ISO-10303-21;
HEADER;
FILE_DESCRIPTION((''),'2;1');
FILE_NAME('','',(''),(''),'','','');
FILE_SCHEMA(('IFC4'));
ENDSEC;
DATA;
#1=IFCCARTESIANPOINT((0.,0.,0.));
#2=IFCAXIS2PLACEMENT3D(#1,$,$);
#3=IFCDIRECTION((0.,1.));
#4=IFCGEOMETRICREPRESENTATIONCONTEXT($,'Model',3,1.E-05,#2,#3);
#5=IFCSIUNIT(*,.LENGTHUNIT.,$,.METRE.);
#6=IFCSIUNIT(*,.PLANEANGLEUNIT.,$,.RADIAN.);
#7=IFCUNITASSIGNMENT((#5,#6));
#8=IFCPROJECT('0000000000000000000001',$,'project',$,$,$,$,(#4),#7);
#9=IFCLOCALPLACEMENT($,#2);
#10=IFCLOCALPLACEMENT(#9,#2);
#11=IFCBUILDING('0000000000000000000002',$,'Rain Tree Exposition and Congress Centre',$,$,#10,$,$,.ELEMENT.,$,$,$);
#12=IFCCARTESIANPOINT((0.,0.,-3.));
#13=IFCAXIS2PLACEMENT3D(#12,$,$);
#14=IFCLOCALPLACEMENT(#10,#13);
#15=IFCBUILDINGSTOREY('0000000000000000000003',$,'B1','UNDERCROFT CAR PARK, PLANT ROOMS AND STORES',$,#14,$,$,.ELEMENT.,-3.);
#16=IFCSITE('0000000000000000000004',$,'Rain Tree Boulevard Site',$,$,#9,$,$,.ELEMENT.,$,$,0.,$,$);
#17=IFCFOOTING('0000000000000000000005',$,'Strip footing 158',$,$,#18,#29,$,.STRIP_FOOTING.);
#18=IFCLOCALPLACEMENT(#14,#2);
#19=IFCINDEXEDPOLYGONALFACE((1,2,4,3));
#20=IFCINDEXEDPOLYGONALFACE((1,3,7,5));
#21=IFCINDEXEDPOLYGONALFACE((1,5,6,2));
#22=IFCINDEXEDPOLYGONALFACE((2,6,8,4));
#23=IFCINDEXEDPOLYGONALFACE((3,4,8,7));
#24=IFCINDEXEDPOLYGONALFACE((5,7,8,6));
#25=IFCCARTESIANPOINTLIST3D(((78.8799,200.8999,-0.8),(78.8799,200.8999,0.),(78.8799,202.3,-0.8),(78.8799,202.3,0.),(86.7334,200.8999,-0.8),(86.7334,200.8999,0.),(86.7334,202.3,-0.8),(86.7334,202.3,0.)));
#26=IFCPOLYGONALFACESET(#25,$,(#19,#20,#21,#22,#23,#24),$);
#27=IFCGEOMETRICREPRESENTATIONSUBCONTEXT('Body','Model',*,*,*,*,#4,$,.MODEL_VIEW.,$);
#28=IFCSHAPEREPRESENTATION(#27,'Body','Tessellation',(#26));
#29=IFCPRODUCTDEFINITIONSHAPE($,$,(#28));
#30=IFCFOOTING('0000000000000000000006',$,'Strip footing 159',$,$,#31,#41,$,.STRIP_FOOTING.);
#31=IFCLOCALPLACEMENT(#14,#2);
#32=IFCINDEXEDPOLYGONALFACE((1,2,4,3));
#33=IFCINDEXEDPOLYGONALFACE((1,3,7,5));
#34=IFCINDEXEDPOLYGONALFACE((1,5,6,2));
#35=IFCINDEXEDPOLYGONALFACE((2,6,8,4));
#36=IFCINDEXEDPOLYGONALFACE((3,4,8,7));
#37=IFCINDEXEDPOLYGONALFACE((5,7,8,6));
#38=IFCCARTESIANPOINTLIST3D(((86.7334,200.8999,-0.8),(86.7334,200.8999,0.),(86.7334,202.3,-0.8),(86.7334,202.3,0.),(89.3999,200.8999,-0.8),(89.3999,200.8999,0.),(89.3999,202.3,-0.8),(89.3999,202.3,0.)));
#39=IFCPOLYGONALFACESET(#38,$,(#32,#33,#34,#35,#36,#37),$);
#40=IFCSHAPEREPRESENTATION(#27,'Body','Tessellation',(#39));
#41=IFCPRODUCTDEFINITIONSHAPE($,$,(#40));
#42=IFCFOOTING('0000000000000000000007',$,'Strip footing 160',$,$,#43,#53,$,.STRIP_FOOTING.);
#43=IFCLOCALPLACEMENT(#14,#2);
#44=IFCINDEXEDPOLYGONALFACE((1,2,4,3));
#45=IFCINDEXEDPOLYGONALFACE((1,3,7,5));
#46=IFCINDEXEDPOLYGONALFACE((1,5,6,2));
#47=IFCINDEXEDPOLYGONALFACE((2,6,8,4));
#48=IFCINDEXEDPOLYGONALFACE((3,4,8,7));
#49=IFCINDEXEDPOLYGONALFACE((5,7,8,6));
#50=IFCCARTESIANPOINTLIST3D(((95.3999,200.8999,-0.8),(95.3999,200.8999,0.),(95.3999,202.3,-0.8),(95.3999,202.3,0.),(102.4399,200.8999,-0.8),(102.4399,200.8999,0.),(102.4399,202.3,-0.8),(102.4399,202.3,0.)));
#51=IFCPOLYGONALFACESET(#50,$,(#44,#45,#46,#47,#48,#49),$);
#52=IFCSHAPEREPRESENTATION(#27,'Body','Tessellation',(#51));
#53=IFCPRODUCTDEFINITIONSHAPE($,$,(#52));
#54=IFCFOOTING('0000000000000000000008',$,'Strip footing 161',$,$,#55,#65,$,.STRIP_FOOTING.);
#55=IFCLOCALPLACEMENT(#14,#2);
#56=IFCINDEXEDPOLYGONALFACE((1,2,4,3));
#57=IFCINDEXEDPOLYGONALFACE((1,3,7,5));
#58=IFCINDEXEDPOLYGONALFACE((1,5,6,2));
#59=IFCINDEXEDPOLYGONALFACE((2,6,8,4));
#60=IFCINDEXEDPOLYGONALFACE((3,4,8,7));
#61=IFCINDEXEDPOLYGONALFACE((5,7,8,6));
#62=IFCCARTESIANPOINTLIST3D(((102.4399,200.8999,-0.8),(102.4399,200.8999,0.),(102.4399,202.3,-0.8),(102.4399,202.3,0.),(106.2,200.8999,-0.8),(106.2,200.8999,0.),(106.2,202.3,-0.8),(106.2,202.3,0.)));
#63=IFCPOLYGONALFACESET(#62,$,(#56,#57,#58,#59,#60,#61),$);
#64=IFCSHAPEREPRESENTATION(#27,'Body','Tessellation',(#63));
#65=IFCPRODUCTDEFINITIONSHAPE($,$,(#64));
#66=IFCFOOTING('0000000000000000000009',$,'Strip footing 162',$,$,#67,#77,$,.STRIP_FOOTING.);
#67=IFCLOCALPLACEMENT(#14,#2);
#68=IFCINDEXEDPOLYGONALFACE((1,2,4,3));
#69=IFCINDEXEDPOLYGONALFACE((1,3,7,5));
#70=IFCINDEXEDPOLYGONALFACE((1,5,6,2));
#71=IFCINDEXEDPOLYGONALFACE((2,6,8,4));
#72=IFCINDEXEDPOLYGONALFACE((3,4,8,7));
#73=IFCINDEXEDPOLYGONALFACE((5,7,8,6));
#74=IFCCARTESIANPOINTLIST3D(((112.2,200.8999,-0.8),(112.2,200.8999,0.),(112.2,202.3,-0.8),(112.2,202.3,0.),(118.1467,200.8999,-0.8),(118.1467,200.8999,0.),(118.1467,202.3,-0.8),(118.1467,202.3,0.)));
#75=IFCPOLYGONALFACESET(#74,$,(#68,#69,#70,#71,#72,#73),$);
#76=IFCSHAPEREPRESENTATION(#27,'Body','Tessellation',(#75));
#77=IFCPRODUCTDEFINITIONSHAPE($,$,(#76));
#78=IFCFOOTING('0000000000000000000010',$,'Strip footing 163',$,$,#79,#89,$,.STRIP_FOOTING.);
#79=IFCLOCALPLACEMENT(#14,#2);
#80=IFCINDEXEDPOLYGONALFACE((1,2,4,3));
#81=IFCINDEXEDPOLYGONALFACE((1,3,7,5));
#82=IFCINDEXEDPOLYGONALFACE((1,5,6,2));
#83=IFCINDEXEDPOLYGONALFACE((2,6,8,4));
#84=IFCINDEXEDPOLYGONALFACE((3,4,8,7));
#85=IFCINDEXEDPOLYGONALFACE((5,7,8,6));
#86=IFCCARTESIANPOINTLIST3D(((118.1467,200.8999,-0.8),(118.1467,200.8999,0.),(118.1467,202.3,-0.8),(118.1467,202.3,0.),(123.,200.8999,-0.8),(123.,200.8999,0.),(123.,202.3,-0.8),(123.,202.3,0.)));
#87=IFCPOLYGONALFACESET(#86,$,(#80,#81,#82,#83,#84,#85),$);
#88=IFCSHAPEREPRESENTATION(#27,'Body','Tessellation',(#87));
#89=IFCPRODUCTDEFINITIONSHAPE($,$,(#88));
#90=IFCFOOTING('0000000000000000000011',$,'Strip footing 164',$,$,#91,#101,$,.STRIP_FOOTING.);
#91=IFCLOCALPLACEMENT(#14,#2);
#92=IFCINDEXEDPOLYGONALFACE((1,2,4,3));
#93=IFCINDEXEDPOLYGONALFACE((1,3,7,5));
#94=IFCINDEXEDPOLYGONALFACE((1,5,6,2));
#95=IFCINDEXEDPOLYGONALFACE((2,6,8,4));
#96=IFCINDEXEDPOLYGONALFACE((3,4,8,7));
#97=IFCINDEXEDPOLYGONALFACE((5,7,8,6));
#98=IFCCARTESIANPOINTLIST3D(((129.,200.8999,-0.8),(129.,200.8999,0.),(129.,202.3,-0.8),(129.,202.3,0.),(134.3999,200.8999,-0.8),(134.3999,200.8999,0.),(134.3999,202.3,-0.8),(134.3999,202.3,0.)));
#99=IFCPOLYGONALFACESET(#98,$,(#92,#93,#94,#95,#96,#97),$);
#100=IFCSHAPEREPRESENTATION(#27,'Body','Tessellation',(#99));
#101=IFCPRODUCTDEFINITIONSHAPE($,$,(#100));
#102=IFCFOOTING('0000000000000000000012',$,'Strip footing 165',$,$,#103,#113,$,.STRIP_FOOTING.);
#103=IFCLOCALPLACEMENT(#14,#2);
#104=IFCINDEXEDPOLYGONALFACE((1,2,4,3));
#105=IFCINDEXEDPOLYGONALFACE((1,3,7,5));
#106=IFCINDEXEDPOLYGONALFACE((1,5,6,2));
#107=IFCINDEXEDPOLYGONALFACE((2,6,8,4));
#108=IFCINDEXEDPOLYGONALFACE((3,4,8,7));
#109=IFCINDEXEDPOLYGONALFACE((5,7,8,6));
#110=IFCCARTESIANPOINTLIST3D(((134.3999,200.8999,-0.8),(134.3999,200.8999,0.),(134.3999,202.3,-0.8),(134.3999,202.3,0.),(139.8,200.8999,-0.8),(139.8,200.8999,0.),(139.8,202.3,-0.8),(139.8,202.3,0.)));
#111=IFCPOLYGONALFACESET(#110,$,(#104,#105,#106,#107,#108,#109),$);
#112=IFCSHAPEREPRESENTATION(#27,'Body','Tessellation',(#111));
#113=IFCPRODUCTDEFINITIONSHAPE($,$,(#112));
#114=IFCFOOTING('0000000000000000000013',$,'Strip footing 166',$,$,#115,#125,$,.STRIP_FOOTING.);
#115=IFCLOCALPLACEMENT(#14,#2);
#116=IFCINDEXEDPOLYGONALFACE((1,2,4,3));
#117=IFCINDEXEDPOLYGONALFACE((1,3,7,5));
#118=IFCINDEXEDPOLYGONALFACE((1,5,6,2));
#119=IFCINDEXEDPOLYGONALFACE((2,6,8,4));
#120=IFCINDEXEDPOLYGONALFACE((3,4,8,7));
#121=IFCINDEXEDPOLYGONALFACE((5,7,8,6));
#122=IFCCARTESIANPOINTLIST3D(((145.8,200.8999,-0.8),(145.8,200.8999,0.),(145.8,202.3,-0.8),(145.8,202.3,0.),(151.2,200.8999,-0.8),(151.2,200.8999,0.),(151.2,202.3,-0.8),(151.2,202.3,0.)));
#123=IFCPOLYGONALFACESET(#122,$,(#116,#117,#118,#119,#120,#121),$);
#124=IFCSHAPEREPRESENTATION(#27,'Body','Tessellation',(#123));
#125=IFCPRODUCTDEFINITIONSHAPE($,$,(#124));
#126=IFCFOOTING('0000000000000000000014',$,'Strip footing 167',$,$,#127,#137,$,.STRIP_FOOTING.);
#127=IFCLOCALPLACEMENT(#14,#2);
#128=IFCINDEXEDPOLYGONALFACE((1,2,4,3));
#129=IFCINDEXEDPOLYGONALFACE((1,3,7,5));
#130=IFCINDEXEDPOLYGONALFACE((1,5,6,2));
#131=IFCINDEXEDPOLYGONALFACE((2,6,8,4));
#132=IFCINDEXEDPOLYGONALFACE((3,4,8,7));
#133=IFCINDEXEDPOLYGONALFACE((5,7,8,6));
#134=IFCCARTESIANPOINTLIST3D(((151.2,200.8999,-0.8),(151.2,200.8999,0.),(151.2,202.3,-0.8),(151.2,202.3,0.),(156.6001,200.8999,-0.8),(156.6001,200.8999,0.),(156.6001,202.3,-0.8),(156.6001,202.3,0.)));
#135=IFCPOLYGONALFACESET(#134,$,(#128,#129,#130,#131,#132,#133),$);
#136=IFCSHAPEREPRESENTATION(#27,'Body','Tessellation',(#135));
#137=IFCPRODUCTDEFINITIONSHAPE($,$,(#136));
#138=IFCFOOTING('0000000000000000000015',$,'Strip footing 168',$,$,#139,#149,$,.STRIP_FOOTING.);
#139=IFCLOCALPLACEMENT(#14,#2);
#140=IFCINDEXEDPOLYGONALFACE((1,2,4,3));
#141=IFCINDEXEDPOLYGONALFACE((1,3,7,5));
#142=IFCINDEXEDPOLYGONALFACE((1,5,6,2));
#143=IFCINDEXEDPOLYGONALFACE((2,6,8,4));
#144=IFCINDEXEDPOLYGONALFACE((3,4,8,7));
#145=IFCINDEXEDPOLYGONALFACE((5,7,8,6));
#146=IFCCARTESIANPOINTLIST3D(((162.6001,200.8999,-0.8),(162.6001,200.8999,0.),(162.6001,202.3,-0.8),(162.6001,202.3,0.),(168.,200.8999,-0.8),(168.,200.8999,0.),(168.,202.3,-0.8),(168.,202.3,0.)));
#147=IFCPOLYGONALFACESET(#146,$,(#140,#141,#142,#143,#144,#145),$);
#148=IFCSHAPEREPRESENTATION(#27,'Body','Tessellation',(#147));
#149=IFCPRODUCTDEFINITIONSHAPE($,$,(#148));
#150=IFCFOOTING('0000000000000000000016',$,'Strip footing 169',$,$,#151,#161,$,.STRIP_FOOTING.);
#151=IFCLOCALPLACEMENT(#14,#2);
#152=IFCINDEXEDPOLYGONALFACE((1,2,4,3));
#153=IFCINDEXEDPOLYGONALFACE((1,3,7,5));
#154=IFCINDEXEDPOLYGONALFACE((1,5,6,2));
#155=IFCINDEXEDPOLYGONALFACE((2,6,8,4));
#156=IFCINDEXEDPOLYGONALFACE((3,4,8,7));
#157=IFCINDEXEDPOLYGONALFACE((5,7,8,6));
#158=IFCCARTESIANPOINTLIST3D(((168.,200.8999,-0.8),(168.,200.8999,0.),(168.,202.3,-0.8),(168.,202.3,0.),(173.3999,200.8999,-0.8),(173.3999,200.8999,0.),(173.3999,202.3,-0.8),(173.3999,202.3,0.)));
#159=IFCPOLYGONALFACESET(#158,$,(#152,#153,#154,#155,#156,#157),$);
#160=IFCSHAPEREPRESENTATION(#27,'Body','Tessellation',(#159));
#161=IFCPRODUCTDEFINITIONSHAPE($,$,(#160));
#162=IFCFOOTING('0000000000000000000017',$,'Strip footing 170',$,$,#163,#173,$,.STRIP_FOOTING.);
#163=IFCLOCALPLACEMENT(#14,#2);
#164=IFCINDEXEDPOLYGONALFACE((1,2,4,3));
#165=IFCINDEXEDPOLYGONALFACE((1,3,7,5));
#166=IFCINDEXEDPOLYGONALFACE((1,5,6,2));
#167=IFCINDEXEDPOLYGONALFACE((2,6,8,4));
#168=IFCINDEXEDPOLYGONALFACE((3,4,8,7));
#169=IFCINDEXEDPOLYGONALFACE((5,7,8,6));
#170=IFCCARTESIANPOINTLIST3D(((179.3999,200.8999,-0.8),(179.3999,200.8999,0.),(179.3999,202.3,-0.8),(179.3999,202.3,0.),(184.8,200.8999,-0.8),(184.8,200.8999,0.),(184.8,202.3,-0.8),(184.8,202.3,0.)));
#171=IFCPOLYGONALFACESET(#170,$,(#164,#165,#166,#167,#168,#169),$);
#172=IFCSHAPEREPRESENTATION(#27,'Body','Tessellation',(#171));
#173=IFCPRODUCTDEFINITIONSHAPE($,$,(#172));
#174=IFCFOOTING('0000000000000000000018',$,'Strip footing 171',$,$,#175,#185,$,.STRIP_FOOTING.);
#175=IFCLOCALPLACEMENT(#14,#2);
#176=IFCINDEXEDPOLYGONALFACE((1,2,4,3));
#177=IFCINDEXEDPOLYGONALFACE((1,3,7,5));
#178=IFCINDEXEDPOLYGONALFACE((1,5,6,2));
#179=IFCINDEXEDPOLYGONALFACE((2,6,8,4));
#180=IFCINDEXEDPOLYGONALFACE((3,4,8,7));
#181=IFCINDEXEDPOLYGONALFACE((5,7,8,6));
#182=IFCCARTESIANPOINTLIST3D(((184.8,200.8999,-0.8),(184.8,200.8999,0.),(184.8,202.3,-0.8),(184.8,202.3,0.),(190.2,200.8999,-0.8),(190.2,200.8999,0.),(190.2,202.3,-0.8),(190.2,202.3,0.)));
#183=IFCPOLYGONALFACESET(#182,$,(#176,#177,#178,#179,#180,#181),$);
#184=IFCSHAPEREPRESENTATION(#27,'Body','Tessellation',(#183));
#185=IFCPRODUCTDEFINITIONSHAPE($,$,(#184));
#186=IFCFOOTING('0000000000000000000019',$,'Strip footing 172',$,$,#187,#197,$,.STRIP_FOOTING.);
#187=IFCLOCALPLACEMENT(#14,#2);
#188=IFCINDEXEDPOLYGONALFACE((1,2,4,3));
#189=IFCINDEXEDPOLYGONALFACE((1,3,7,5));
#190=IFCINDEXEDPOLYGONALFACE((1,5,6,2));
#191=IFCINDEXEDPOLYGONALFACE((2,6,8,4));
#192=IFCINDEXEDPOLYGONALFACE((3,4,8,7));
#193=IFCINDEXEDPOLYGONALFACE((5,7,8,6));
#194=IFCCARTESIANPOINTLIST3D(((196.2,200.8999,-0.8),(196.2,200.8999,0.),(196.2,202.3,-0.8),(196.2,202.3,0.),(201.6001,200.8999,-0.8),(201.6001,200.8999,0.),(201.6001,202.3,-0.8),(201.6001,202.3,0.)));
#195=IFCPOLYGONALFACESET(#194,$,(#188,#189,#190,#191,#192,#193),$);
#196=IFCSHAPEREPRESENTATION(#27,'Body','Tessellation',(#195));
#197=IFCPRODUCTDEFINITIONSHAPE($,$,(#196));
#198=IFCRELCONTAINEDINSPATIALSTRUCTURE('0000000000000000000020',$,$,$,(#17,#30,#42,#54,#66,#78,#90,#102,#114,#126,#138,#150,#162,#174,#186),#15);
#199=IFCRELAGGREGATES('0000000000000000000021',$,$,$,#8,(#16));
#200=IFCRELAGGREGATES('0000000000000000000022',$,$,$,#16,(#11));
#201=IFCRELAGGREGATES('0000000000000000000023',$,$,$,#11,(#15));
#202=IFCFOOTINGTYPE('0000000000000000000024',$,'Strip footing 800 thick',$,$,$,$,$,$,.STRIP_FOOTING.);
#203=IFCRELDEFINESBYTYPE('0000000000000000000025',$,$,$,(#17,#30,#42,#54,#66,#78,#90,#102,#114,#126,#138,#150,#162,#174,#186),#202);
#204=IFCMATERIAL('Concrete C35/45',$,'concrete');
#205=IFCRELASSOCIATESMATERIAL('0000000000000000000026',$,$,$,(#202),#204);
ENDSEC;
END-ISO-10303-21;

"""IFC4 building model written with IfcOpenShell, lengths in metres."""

from ifc_helpers import new_model, si_unit, direction, frame, origin, place, context, subcontext, project, spatial, polyline, outline, extrude, material, type_object, element, save


model = new_model("IFC4")

# Units and contexts
model_context = context("Model", 3, precision=1e-05, world=origin(), true_north=direction((0.0, 1.0)))
body_context = subcontext(model_context, "Body", "Model", "MODEL_VIEW")
ifc_project = project(units=[si_unit("LENGTHUNIT", "METRE"), si_unit("PLANEANGLEUNIT", "RADIAN")], contexts=[model_context])

# Site, building, storey
site_placement = place(None, origin())
site = spatial("IfcSite", under=ifc_project, at=site_placement, Name="Rain Tree Boulevard Site", CompositionType="ELEMENT", RefElevation=0.0)
building_placement = place(site_placement, origin())
building = spatial("IfcBuilding", under=site, at=building_placement, Name="Rain Tree Exposition and Congress Centre", CompositionType="ELEMENT")
storey_placement = place(building_placement, frame((0.0, 0.0, -3.0)))
storey = spatial("IfcBuildingStorey", under=building, at=storey_placement, Name="B1", Description="UNDERCROFT CAR PARK, PLANT ROOMS AND STORES", CompositionType="ELEMENT", Elevation=-3.0)

# Footings
ifc_material = material(Name="Concrete C35/45", Category="concrete")
footing_type = type_object("IfcFootingType", Name="Strip footing 800 thick", PredefinedType="STRIP_FOOTING", material=ifc_material)
footing_1_placement = place(storey_placement, frame((0.0, 0.0, -0.8)))
element("IfcFooting", 1, at=footing_1_placement, inside=storey, type_object=footing_type, Name="Strip footing 158", PredefinedType="STRIP_FOOTING", context=body_context, shape_type="SweptSolid", body=[
    extrude(outline(polyline([(78.8799, 200.8999), (86.7334, 200.8999), (86.7334, 202.3), (78.8799, 202.3), (78.8799, 200.8999)])), origin(), (0.0, 0.0, 1.0), 0.8),
])
footing_2_placement = place(storey_placement, frame((0.0, 0.0, -0.8)))
element("IfcFooting", 2, at=footing_2_placement, inside=storey, type_object=footing_type, Name="Strip footing 159", PredefinedType="STRIP_FOOTING", context=body_context, shape_type="SweptSolid", body=[
    extrude(outline(polyline([(86.7334, 202.3), (86.7334, 200.8999), (89.3999, 200.8999), (89.3999, 202.3), (86.7334, 202.3)])), origin(), (0.0, 0.0, 1.0), 0.8),
])
footing_3_placement = place(storey_placement, frame((0.0, 0.0, -0.8)))
element("IfcFooting", 3, at=footing_3_placement, inside=storey, type_object=footing_type, Name="Strip footing 160", PredefinedType="STRIP_FOOTING", context=body_context, shape_type="SweptSolid", body=[
    extrude(outline(polyline([(95.3999, 200.8999), (102.4399, 200.8999), (102.4399, 202.3), (95.3999, 202.3), (95.3999, 200.8999)])), origin(), (0.0, 0.0, 1.0), 0.8),
])
footing_4_placement = place(storey_placement, frame((0.0, 0.0, -0.8)))
element("IfcFooting", 4, at=footing_4_placement, inside=storey, type_object=footing_type, Name="Strip footing 161", PredefinedType="STRIP_FOOTING", context=body_context, shape_type="SweptSolid", body=[
    extrude(outline(polyline([(102.4399, 202.3), (102.4399, 200.8999), (106.2, 200.8999), (106.2, 202.3), (102.4399, 202.3)])), origin(), (0.0, 0.0, 1.0), 0.8),
])
footing_5_placement = place(storey_placement, frame((0.0, 0.0, -0.8)))
element("IfcFooting", 5, at=footing_5_placement, inside=storey, type_object=footing_type, Name="Strip footing 162", PredefinedType="STRIP_FOOTING", context=body_context, shape_type="SweptSolid", body=[
    extrude(outline(polyline([(112.2, 200.8999), (118.1467, 200.8999), (118.1467, 202.3), (112.2, 202.3), (112.2, 200.8999)])), origin(), (0.0, 0.0, 1.0), 0.8),
])
footing_6_placement = place(storey_placement, frame((0.0, 0.0, -0.8)))
element("IfcFooting", 6, at=footing_6_placement, inside=storey, type_object=footing_type, Name="Strip footing 163", PredefinedType="STRIP_FOOTING", context=body_context, shape_type="SweptSolid", body=[
    extrude(outline(polyline([(118.1467, 202.3), (118.1467, 200.8999), (123.0, 200.8999), (123.0, 202.3), (118.1467, 202.3)])), origin(), (0.0, 0.0, 1.0), 0.8),
])
footing_7_placement = place(storey_placement, frame((0.0, 0.0, -0.8)))
element("IfcFooting", 7, at=footing_7_placement, inside=storey, type_object=footing_type, Name="Strip footing 164", PredefinedType="STRIP_FOOTING", context=body_context, shape_type="SweptSolid", body=[
    extrude(outline(polyline([(129.0, 200.8999), (134.3999, 200.8999), (134.3999, 202.3), (129.0, 202.3), (129.0, 200.8999)])), origin(), (0.0, 0.0, 1.0), 0.8),
])
footing_8_placement = place(storey_placement, frame((0.0, 0.0, -0.8)))
element("IfcFooting", 8, at=footing_8_placement, inside=storey, type_object=footing_type, Name="Strip footing 165", PredefinedType="STRIP_FOOTING", context=body_context, shape_type="SweptSolid", body=[
    extrude(outline(polyline([(134.3999, 202.3), (134.3999, 200.8999), (139.8, 200.8999), (139.8, 202.3), (134.3999, 202.3)])), origin(), (0.0, 0.0, 1.0), 0.8),
])
footing_9_placement = place(storey_placement, frame((0.0, 0.0, -0.8)))
element("IfcFooting", 9, at=footing_9_placement, inside=storey, type_object=footing_type, Name="Strip footing 166", PredefinedType="STRIP_FOOTING", context=body_context, shape_type="SweptSolid", body=[
    extrude(outline(polyline([(145.8, 200.8999), (151.2, 200.8999), (151.2, 202.3), (145.8, 202.3), (145.8, 200.8999)])), origin(), (0.0, 0.0, 1.0), 0.8),
])
footing_10_placement = place(storey_placement, frame((0.0, 0.0, -0.8)))
element("IfcFooting", 10, at=footing_10_placement, inside=storey, type_object=footing_type, Name="Strip footing 167", PredefinedType="STRIP_FOOTING", context=body_context, shape_type="SweptSolid", body=[
    extrude(outline(polyline([(151.2, 202.3), (151.2, 200.8999), (156.6001, 200.8999), (156.6001, 202.3), (151.2, 202.3)])), origin(), (0.0, 0.0, 1.0), 0.8),
])
footing_11_placement = place(storey_placement, frame((0.0, 0.0, -0.8)))
element("IfcFooting", 11, at=footing_11_placement, inside=storey, type_object=footing_type, Name="Strip footing 168", PredefinedType="STRIP_FOOTING", context=body_context, shape_type="SweptSolid", body=[
    extrude(outline(polyline([(162.6001, 200.8999), (168.0, 200.8999), (168.0, 202.3), (162.6001, 202.3), (162.6001, 200.8999)])), origin(), (0.0, 0.0, 1.0), 0.8),
])
footing_12_placement = place(storey_placement, frame((0.0, 0.0, -0.8)))
element("IfcFooting", 12, at=footing_12_placement, inside=storey, type_object=footing_type, Name="Strip footing 169", PredefinedType="STRIP_FOOTING", context=body_context, shape_type="SweptSolid", body=[
    extrude(outline(polyline([(168.0, 202.3), (168.0, 200.8999), (173.3999, 200.8999), (173.3999, 202.3), (168.0, 202.3)])), origin(), (0.0, 0.0, 1.0), 0.8),
])
footing_13_placement = place(storey_placement, frame((0.0, 0.0, -0.8)))
element("IfcFooting", 13, at=footing_13_placement, inside=storey, type_object=footing_type, Name="Strip footing 170", PredefinedType="STRIP_FOOTING", context=body_context, shape_type="SweptSolid", body=[
    extrude(outline(polyline([(179.3999, 200.8999), (184.8, 200.8999), (184.8, 202.3), (179.3999, 202.3), (179.3999, 200.8999)])), origin(), (0.0, 0.0, 1.0), 0.8),
])
footing_14_placement = place(storey_placement, frame((0.0, 0.0, -0.8)))
element("IfcFooting", 14, at=footing_14_placement, inside=storey, type_object=footing_type, Name="Strip footing 171", PredefinedType="STRIP_FOOTING", context=body_context, shape_type="SweptSolid", body=[
    extrude(outline(polyline([(184.8, 202.3), (184.8, 200.8999), (190.2, 200.8999), (190.2, 202.3), (184.8, 202.3)])), origin(), (0.0, 0.0, 1.0), 0.8),
])
footing_15_placement = place(storey_placement, frame((0.0, 0.0, -0.8)))
element("IfcFooting", 15, at=footing_15_placement, inside=storey, type_object=footing_type, Name="Strip footing 172", PredefinedType="STRIP_FOOTING", context=body_context, shape_type="SweptSolid", body=[
    extrude(outline(polyline([(196.2, 200.8999), (201.6001, 200.8999), (201.6001, 202.3), (196.2, 202.3), (196.2, 200.8999)])), origin(), (0.0, 0.0, 1.0), 0.8),
])

save(model, "model.ifc")
